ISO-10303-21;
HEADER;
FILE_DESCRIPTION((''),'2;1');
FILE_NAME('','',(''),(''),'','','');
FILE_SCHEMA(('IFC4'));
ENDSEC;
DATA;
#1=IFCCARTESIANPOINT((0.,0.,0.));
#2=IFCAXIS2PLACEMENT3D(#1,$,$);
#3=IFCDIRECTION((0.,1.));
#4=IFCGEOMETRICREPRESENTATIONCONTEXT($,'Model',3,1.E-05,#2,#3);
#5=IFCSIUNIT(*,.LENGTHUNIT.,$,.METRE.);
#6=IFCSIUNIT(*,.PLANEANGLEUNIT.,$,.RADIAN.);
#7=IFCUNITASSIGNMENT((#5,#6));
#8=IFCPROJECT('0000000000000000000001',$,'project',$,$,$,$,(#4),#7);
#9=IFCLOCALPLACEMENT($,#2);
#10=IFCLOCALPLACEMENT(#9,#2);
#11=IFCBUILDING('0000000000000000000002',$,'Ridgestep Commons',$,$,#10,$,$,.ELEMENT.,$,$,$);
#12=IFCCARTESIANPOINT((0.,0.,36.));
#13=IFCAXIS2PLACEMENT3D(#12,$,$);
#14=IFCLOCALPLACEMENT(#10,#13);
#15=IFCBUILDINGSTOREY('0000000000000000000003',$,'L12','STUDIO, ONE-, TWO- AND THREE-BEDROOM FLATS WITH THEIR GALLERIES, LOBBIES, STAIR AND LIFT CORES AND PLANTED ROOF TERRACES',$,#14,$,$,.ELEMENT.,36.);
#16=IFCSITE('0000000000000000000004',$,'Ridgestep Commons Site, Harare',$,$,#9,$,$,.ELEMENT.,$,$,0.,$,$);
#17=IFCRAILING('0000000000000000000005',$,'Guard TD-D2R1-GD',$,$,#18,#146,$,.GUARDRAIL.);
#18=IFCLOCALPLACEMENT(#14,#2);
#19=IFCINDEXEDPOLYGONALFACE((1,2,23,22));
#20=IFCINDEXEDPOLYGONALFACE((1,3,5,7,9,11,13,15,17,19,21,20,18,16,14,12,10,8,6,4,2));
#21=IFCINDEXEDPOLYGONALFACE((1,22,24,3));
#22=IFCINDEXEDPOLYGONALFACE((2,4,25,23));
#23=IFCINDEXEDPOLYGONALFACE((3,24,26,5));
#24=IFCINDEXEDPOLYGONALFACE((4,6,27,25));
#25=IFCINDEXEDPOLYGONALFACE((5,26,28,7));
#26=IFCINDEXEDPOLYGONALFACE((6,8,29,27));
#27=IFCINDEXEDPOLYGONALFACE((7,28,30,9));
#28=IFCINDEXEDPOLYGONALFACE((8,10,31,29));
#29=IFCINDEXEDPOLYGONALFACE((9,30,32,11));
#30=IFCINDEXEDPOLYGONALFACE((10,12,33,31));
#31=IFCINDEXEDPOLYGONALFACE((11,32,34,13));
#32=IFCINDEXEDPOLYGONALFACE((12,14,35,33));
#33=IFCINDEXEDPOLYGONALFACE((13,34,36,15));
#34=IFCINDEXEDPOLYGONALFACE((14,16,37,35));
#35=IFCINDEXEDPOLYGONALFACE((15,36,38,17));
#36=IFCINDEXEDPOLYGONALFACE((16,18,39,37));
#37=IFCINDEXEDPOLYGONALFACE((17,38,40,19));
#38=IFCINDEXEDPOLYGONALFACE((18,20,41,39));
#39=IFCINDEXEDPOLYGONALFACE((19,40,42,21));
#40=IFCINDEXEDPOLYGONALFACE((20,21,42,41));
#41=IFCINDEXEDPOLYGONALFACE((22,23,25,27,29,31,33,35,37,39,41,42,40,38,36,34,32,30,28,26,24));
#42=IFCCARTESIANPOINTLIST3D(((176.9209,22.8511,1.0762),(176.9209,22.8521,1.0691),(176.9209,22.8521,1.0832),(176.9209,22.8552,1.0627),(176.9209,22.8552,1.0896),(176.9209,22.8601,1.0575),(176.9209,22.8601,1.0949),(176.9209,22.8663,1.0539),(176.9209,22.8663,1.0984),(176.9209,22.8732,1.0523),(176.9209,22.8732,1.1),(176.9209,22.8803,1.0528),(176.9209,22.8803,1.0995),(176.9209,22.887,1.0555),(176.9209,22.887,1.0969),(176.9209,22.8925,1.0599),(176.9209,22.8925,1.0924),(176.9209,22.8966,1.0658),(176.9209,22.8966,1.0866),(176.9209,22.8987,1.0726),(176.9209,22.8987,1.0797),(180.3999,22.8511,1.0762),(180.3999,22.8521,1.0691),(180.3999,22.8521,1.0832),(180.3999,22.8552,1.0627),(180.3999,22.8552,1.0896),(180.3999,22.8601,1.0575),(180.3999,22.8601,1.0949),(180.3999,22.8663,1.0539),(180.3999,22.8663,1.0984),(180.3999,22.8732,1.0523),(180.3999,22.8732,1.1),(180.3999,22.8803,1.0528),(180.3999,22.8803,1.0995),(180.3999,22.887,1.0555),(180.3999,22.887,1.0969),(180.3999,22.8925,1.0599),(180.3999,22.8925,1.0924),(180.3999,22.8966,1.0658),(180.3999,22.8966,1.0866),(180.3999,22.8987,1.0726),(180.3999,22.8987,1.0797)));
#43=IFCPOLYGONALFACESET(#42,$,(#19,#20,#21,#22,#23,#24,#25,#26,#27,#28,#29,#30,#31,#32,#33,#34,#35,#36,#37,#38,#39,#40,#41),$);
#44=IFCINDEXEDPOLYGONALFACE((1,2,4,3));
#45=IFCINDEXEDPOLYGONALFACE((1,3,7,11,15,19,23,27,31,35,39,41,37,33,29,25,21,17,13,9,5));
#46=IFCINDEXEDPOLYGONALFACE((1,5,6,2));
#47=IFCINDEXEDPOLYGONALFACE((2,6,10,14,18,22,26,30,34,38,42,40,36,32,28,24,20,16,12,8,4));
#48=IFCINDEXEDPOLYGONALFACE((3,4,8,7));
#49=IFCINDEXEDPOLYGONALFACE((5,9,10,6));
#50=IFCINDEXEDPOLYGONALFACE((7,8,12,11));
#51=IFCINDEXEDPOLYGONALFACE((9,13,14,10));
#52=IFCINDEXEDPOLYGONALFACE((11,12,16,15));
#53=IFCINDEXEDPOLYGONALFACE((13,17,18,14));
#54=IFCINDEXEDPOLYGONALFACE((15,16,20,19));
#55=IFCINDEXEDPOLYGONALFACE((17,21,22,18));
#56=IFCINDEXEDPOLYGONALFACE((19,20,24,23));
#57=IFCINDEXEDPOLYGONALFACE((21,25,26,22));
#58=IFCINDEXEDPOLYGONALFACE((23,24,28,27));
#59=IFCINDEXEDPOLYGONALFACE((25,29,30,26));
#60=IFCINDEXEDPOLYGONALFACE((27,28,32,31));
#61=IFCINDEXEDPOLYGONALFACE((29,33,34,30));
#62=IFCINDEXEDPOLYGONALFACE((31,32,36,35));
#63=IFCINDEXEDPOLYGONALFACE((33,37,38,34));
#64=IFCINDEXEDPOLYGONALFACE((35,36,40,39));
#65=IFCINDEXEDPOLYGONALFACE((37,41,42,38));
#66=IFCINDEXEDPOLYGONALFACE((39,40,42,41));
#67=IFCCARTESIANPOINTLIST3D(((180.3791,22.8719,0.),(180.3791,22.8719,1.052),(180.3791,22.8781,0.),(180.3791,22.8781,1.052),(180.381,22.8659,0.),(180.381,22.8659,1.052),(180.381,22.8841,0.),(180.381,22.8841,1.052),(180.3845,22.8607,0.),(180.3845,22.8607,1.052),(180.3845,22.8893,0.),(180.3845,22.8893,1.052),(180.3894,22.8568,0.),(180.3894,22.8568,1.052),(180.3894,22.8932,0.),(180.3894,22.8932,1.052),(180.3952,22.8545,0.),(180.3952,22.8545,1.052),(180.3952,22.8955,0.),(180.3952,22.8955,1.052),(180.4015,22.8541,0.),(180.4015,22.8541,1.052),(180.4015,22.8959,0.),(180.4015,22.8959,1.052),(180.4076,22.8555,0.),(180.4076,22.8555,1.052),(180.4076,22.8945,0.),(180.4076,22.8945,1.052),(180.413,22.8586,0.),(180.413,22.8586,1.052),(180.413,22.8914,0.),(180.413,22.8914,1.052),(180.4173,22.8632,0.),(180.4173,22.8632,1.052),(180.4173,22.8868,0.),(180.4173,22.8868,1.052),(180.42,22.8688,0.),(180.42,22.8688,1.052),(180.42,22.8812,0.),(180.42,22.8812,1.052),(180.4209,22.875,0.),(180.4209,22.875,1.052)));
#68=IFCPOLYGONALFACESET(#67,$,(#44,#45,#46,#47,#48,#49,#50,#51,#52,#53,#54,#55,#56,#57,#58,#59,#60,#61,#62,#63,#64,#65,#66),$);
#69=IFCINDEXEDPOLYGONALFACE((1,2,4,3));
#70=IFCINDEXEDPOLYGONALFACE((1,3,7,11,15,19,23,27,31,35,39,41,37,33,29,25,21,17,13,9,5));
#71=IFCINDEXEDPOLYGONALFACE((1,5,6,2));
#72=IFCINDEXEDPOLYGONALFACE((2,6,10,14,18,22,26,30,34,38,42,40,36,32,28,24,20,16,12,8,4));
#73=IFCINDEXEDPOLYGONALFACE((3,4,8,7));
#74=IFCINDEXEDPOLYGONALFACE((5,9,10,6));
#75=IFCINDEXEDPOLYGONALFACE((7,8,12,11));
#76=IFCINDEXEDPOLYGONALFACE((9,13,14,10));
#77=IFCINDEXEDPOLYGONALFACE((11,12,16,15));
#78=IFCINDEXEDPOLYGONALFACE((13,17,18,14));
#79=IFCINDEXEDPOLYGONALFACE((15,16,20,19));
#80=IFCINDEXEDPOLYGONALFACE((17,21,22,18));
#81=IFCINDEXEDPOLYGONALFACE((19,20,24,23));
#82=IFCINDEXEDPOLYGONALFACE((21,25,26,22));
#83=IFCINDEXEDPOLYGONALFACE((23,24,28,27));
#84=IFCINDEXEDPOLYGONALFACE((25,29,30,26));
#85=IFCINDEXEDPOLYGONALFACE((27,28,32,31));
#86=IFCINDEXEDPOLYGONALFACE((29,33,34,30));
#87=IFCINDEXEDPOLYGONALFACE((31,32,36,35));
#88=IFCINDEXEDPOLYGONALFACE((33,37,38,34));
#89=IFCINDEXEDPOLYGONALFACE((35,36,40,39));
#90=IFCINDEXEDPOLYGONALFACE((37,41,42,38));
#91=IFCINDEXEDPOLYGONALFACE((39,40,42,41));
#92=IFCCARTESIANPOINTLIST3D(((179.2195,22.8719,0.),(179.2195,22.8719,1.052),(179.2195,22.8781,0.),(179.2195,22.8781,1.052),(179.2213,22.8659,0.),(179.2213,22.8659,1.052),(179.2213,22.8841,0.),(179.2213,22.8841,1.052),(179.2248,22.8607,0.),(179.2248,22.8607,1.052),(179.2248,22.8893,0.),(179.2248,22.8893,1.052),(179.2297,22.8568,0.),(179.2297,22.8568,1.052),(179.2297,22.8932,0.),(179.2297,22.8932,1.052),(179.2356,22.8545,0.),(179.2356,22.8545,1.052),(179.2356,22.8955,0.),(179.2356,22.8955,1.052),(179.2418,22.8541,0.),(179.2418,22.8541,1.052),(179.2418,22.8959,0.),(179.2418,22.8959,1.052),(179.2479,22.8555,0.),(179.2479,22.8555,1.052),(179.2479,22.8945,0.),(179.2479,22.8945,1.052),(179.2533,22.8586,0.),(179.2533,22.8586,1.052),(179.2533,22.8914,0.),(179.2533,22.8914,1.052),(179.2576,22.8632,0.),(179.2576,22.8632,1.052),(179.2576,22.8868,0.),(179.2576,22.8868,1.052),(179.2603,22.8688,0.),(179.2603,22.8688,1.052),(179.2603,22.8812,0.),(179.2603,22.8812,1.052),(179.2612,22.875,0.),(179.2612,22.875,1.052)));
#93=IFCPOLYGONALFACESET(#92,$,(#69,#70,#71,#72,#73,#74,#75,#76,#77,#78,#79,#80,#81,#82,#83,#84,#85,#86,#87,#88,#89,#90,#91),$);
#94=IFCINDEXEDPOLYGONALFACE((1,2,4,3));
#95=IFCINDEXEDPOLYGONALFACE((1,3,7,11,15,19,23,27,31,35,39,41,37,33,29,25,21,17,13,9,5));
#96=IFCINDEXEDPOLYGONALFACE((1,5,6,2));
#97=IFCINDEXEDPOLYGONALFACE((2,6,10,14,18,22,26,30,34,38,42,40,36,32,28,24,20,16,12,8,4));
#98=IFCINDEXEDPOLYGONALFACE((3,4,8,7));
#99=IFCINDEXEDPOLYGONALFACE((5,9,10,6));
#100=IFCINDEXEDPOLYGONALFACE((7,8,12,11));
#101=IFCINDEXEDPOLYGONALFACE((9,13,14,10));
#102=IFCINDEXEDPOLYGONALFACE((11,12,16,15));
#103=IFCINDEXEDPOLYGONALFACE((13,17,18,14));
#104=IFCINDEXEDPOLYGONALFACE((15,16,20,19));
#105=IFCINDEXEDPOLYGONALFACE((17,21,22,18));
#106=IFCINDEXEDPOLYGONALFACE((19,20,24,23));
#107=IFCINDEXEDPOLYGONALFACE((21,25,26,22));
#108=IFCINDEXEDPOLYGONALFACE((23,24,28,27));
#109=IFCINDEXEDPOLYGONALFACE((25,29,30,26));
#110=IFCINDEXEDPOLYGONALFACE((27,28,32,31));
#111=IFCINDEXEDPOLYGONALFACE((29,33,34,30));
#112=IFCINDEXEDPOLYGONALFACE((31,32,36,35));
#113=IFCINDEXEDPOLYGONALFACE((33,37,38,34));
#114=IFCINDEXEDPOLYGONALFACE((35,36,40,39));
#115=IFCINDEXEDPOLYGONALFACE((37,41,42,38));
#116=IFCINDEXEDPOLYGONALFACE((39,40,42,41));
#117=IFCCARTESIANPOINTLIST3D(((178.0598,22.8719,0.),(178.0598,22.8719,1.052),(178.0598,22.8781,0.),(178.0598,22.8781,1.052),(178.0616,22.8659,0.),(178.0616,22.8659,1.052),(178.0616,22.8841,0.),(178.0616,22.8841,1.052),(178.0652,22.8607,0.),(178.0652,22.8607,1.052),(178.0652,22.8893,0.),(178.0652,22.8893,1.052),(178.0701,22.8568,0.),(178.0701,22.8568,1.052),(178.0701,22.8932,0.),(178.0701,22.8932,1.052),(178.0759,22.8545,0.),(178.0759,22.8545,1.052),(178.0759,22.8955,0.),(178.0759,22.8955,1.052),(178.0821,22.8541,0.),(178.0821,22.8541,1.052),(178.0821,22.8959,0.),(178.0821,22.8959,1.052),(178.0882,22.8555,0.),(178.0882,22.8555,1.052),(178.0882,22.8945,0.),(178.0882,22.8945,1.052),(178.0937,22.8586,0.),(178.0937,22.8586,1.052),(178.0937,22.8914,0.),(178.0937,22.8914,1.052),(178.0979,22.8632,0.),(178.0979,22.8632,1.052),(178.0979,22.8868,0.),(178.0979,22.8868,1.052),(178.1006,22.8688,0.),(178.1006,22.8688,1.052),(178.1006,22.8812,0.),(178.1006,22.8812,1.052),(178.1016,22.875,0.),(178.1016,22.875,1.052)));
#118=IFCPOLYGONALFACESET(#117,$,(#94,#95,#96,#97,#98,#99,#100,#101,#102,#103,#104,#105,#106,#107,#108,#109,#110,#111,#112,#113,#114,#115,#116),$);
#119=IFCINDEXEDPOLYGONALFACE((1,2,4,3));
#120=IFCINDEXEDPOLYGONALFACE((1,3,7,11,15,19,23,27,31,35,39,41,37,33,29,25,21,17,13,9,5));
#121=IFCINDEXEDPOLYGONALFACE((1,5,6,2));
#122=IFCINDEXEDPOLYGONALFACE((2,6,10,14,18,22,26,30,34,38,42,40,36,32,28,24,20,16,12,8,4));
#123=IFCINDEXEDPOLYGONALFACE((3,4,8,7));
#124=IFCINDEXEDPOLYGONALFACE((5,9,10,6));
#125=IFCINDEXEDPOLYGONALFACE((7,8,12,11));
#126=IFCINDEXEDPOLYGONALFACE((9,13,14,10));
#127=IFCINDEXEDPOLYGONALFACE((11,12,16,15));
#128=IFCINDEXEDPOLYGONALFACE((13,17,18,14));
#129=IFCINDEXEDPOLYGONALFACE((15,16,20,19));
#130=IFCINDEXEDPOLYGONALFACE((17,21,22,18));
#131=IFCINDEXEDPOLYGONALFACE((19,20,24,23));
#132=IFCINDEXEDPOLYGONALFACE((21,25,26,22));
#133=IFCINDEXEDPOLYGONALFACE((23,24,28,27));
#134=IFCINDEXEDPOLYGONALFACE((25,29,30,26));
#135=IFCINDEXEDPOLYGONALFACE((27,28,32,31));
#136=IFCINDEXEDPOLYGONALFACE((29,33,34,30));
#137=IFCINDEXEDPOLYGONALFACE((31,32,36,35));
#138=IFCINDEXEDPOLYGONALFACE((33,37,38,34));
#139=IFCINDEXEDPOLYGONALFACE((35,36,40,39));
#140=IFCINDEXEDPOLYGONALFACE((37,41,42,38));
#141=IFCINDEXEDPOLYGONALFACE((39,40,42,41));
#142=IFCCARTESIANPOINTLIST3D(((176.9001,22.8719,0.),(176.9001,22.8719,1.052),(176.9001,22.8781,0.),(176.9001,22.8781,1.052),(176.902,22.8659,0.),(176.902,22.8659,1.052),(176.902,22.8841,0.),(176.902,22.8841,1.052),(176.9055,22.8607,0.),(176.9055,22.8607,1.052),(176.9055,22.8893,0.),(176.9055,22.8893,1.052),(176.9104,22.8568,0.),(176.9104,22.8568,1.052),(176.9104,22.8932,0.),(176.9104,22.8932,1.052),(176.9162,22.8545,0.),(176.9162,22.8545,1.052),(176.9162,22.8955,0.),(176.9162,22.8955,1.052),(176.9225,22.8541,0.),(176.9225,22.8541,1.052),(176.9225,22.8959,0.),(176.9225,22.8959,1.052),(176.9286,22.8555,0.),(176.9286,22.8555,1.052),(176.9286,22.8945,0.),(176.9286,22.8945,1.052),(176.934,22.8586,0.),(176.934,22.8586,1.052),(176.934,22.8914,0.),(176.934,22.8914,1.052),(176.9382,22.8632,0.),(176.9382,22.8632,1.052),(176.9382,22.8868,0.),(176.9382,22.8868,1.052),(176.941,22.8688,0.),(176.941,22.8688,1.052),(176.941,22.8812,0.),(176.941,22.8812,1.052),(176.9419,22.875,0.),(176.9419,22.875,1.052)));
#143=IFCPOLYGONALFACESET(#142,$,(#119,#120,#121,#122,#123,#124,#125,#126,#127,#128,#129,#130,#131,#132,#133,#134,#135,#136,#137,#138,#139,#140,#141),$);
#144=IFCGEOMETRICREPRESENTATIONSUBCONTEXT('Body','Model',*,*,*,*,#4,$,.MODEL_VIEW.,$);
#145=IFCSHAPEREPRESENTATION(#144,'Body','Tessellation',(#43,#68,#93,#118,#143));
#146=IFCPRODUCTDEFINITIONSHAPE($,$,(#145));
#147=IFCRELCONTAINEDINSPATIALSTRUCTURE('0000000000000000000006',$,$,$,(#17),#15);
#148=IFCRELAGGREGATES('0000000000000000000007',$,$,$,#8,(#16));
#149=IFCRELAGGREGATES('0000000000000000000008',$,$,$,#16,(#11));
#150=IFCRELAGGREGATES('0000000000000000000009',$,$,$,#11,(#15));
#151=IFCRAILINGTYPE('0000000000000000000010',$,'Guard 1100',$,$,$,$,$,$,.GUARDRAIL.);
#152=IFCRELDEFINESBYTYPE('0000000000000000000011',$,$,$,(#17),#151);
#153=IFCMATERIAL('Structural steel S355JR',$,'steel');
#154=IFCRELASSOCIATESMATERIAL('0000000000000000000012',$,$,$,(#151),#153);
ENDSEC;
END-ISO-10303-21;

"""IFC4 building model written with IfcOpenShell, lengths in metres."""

from ifc_helpers import new_model, si_unit, direction, frame, origin, origin_2d, place, context, subcontext, project, spatial, circle, extrude, material, type_object, element, save


model = new_model("IFC4")

# Units and contexts
model_context = context("Model", 3, precision=1e-05, world=origin(), true_north=direction((0.0, 1.0)))
body_context = subcontext(model_context, "Body", "Model", "MODEL_VIEW")
ifc_project = project(units=[si_unit("LENGTHUNIT", "METRE"), si_unit("PLANEANGLEUNIT", "RADIAN")], contexts=[model_context])

# Site, building, storey
site_placement = place(None, origin())
site = spatial("IfcSite", under=ifc_project, at=site_placement, Name="Ridgestep Commons Site, Harare", CompositionType="ELEMENT", RefElevation=0.0)
building_placement = place(site_placement, origin())
building = spatial("IfcBuilding", under=site, at=building_placement, Name="Ridgestep Commons", CompositionType="ELEMENT")
storey_placement = place(building_placement, frame((0.0, 0.0, 36.0)))
storey = spatial("IfcBuildingStorey", under=building, at=storey_placement, Name="L12", Description="STUDIO, ONE-, TWO- AND THREE-BEDROOM FLATS WITH THEIR GALLERIES, LOBBIES, STAIR AND LIFT CORES AND PLANTED ROOF TERRACES", CompositionType="ELEMENT", Elevation=36.0)

# Railing
ifc_material_1 = material(Name="Structural steel S355JR", Category="steel")
railing_type_1 = type_object("IfcRailingType", Name="Guard 1100", PredefinedType="GUARDRAIL", material=ifc_material_1)
railing_1_placement = place(storey_placement, frame((180.3999, 22.875, 0.0)))
element("IfcRailing", 1, at=railing_1_placement, inside=storey, type_object=railing_type_1, Name="Guard TD-D2R1-GD", PredefinedType="GUARDRAIL", context=body_context, shape_type="SweptSolid", body=[
    extrude(circle(Radius=0.0239, at=origin_2d()), frame((0.0, 0.0, 1.0762), z_axis=(-1.0, 0.0, 0.0), x_axis=(0.0, -1.0, 0.0)), (0.0, 0.0, 1.0), 3.479),
    extrude(circle(Radius=0.021, at=origin_2d()), origin(), (0.0, 0.0, 1.0), 1.052),
    extrude(circle(Radius=0.021, at=origin_2d()), frame((-1.1597, 0.0, 0.0)), (0.0, 0.0, 1.0), 1.052),
    extrude(circle(Radius=0.021, at=origin_2d()), frame((-2.3193, 0.0, 0.0)), (0.0, 0.0, 1.0), 1.052),
    extrude(circle(Radius=0.021, at=origin_2d()), frame((-3.479, 0.0, 0.0)), (0.0, 0.0, 1.0), 1.052),
])

save(model, "model.ifc")
